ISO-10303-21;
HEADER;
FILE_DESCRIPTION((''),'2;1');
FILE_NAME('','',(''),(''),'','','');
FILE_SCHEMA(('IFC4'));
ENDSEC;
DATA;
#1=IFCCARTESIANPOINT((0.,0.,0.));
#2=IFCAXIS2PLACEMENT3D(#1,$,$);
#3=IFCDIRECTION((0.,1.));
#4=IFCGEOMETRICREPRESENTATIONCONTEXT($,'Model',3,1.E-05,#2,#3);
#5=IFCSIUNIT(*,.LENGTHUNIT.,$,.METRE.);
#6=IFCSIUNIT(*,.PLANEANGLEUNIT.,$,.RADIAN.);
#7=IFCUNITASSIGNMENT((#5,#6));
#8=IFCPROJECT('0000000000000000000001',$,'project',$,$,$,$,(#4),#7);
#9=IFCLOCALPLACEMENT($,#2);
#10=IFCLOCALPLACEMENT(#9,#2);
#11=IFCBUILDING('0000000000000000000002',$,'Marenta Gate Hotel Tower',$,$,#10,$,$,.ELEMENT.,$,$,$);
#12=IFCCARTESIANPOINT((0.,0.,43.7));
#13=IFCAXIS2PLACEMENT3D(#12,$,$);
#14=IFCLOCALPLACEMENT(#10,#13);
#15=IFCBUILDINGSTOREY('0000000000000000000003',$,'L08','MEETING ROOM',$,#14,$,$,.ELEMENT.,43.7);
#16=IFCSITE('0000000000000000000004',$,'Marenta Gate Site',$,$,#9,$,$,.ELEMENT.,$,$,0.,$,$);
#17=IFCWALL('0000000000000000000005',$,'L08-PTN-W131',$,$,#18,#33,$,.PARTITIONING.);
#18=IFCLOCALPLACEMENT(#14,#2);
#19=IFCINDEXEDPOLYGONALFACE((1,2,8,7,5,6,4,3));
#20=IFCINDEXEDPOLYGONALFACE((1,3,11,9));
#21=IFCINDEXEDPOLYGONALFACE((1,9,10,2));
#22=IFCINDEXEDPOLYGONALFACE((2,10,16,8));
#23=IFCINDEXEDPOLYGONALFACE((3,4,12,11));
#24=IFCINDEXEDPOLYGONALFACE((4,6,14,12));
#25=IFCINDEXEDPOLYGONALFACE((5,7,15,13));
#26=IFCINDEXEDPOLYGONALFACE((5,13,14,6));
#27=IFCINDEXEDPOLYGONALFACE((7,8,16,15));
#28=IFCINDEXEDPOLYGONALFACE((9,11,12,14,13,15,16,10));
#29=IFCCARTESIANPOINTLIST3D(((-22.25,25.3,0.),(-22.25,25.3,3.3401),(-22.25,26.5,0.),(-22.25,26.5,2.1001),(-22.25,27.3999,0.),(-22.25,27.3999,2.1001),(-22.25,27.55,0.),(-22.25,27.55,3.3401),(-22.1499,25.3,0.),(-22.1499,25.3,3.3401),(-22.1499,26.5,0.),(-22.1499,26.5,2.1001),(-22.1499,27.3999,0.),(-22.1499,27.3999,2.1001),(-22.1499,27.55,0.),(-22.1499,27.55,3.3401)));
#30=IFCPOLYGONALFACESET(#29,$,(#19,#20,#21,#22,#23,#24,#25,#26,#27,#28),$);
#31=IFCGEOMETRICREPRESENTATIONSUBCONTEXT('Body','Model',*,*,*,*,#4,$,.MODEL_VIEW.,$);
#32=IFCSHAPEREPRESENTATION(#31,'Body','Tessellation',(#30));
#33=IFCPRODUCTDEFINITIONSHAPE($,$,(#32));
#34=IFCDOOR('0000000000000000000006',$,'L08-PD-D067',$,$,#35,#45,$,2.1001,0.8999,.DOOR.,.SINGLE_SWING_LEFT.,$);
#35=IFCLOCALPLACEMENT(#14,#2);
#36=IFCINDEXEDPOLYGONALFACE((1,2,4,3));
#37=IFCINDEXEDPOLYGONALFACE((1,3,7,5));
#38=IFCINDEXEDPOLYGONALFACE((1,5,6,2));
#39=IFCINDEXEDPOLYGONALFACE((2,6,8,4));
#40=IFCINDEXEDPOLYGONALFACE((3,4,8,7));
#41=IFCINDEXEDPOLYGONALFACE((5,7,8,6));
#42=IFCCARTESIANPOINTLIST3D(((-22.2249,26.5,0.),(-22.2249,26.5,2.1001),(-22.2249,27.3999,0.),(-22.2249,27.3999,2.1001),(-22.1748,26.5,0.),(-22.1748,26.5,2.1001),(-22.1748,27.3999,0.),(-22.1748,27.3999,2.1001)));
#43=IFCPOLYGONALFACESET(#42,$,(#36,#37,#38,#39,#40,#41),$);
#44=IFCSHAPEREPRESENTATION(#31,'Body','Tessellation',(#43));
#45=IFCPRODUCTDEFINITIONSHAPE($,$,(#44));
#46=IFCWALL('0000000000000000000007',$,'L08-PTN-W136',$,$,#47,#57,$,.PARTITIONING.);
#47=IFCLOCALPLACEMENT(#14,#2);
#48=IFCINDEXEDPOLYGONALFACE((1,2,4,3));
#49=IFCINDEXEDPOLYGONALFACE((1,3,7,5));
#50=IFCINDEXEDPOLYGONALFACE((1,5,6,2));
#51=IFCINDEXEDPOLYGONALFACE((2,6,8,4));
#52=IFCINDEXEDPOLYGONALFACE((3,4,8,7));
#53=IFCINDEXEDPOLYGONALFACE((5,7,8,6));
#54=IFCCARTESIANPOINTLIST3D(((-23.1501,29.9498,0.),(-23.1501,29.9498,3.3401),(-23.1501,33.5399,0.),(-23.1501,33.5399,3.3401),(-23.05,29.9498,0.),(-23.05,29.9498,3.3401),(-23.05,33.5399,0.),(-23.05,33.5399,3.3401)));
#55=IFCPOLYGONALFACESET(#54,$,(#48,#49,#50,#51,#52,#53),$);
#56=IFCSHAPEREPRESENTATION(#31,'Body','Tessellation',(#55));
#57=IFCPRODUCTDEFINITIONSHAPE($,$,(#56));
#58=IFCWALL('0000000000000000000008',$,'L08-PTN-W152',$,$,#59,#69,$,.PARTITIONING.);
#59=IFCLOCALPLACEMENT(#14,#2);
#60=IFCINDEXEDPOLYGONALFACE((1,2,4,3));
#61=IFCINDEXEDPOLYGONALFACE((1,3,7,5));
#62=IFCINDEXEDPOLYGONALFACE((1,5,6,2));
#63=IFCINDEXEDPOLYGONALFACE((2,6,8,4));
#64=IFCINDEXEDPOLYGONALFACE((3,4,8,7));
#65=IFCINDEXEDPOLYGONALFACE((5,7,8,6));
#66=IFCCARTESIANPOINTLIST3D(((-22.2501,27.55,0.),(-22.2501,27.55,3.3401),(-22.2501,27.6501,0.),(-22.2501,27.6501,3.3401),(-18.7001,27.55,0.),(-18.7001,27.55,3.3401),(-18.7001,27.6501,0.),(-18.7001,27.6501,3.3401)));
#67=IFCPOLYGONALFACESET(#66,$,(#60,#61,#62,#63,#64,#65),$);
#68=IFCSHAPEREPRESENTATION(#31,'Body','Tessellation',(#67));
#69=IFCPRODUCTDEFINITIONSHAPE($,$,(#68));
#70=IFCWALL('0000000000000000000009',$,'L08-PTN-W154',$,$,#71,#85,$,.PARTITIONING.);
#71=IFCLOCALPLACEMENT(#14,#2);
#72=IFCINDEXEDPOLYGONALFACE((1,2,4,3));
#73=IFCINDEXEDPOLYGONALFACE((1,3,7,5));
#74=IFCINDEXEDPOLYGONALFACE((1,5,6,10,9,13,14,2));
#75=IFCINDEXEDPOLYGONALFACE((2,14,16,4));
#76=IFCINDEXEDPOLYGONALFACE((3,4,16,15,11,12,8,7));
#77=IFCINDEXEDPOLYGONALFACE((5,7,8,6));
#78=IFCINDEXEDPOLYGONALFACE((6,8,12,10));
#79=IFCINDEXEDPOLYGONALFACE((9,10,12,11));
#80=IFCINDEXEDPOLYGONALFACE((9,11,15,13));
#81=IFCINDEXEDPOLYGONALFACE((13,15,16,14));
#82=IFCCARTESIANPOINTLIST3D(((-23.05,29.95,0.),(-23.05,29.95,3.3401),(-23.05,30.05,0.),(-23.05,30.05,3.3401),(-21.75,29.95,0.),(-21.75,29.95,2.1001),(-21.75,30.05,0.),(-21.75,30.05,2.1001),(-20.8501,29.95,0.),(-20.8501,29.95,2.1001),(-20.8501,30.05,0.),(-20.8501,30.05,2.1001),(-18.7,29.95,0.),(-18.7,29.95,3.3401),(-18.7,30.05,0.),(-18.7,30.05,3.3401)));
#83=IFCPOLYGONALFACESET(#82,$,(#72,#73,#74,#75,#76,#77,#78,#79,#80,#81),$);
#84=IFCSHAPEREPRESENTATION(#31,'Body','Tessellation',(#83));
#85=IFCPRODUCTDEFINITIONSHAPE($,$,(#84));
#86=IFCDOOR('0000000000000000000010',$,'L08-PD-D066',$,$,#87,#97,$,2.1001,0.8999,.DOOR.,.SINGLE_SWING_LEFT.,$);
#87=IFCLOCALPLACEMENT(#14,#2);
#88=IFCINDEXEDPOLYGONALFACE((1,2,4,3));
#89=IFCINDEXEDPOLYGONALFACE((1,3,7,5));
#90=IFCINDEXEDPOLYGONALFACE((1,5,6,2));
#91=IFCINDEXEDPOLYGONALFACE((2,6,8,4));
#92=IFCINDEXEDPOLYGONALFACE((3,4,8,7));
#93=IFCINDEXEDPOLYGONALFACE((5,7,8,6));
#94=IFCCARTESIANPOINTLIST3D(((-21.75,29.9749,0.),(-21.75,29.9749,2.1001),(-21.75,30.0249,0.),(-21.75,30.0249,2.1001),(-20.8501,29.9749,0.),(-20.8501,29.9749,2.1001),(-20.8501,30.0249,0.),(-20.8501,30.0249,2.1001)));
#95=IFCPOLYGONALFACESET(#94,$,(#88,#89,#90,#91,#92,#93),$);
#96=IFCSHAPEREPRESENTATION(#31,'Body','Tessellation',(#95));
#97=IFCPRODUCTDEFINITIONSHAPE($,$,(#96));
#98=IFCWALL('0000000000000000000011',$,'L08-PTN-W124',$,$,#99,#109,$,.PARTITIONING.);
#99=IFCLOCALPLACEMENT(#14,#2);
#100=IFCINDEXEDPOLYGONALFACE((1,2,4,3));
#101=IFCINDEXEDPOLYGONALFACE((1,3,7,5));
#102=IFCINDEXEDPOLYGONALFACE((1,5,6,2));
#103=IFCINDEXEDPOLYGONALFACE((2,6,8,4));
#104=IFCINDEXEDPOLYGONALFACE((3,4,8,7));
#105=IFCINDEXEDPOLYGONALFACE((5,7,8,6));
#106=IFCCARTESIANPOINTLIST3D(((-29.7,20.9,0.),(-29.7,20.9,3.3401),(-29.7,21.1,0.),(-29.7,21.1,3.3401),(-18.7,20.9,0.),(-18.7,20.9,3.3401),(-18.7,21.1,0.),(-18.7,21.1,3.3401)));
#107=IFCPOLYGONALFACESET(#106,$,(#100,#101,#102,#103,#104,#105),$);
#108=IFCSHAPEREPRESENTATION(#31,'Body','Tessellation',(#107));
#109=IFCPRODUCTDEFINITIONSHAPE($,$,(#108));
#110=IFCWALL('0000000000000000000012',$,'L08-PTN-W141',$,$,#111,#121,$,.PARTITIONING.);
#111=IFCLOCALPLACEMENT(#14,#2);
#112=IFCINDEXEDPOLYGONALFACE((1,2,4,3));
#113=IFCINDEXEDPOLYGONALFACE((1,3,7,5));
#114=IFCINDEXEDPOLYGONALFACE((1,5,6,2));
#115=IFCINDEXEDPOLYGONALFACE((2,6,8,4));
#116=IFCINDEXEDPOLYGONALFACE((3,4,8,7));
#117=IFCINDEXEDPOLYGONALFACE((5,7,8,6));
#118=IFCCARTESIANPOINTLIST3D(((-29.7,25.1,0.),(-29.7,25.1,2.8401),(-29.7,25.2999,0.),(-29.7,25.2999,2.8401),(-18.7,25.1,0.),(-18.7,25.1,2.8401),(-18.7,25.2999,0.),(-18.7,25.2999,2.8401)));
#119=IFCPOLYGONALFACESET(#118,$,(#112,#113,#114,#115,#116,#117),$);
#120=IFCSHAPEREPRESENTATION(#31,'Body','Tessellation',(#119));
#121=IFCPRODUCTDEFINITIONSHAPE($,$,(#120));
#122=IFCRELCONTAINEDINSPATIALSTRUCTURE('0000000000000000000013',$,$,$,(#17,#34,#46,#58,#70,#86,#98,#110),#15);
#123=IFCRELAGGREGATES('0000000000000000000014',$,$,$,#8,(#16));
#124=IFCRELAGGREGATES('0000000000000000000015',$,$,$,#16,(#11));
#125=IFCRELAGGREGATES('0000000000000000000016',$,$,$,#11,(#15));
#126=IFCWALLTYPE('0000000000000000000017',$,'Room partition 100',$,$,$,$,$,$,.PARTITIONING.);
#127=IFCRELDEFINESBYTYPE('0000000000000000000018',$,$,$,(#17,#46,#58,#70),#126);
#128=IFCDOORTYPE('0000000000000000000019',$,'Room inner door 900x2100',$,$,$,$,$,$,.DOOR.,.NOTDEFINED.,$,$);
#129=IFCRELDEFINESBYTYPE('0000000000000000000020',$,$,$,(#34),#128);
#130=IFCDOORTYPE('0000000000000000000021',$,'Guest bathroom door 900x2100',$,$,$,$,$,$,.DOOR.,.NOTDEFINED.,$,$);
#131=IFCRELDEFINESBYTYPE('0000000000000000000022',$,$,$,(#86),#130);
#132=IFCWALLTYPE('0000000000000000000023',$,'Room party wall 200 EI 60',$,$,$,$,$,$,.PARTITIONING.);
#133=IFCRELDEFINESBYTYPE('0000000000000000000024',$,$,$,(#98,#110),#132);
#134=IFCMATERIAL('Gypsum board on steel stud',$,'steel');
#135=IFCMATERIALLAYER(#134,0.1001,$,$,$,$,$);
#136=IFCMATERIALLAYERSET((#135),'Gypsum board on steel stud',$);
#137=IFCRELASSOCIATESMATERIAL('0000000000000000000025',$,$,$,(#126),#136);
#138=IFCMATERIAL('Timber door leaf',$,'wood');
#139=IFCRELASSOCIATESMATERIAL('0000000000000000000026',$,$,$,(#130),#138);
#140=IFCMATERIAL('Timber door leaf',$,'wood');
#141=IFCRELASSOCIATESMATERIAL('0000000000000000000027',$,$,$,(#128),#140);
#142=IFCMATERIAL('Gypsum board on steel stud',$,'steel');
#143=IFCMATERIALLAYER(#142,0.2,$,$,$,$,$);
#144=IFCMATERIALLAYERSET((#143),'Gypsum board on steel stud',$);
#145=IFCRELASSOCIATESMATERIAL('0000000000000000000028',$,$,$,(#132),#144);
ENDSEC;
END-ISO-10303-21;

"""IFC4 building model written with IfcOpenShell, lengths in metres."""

from ifc_helpers import new_model, si_unit, direction, frame, frame_2d, origin, place, context, subcontext, project, spatial, rectangle, extrude, material, layer, layer_set, type_object, element, fill, save


model = new_model("IFC4")

# Units and contexts
model_context = context("Model", 3, precision=1e-05, world=origin(), true_north=direction((0.0, 1.0)))
body_context = subcontext(model_context, "Body", "Model", "MODEL_VIEW")
ifc_project = project(units=[si_unit("LENGTHUNIT", "METRE"), si_unit("PLANEANGLEUNIT", "RADIAN")], contexts=[model_context])

# Site, building, storey
site_placement = place(None, origin())
site = spatial("IfcSite", under=ifc_project, at=site_placement, Name="Marenta Gate Site", CompositionType="ELEMENT", RefElevation=0.0)
building_placement = place(site_placement, origin())
building = spatial("IfcBuilding", under=site, at=building_placement, Name="Marenta Gate Hotel Tower", CompositionType="ELEMENT")
storey_placement = place(building_placement, frame((0.0, 0.0, 43.7)))
storey = spatial("IfcBuildingStorey", under=building, at=storey_placement, Name="L08", Description="MEETING ROOM", CompositionType="ELEMENT", Elevation=43.7)

# Wall, opening, door
ifc_material_1 = material(Name="Gypsum board on steel stud", Category="steel")
ifc_layer_1 = layer(ifc_material_1, 0.1001)
ifc_layer_set_1 = layer_set([ifc_layer_1], Name="Gypsum board on steel stud")
wall_type_1 = type_object("IfcWallType", Name="Room partition 100", PredefinedType="PARTITIONING", material=ifc_layer_set_1)
ifc_material_2 = material(Name="Timber door leaf", Category="wood")
door_type_1 = type_object("IfcDoorType", Name="Guest bathroom door 900x2100", OperationType="NOTDEFINED", PredefinedType="DOOR", material=ifc_material_2)
wall_1_placement = place(storey_placement, frame((-22.2, 25.3, 0.0), z_axis=(0.0, 0.0, 1.0), x_axis=(0.0, 1.0, 0.0)))
wall_1 = element("IfcWall", 1, at=wall_1_placement, inside=storey, type_object=wall_type_1, Name="L08-PTN-W131", PredefinedType="PARTITIONING", context=body_context, shape_type="SweptSolid", body=[
    extrude(rectangle(XDim=2.25, YDim=0.1001, at=frame_2d((1.125, 0.0))), origin(), (0.0, 0.0, 1.0), 3.3401),
])
opening_1_placement = place(wall_1_placement, frame((1.2, 0.0, 0.0)))
opening_1 = element("IfcOpeningElement", 2, at=opening_1_placement, cuts=wall_1, PredefinedType="OPENING", context=body_context, shape_type="SweptSolid", body=[
    extrude(rectangle(XDim=0.8999, YDim=2.1001, at=frame_2d((0.45, 1.05))), frame((0.0, 0.05, 0.0), z_axis=(0.0, -1.0, 0.0), x_axis=(1.0, 0.0, 0.0)), (0.0, 0.0, 1.0), 0.1001),
])
ifc_material_3 = material(Name="Timber door leaf", Category="wood")
door_type_2 = type_object("IfcDoorType", Name="Room inner door 900x2100", OperationType="NOTDEFINED", PredefinedType="DOOR", material=ifc_material_3)
door_1_placement = place(opening_1_placement, origin())
door_1 = element("IfcDoor", 3, at=door_1_placement, inside=storey, type_object=door_type_2, Name="L08-PD-D067", OperationType="SINGLE_SWING_LEFT", OverallHeight=2.1001, OverallWidth=0.8999, PredefinedType="DOOR", context=body_context, shape_type="SweptSolid", body=[
    extrude(rectangle(XDim=0.8999, YDim=2.1001, at=frame_2d((0.45, 1.05))), frame((0.0, 0.0249, 0.0), z_axis=(0.0, -1.0, 0.0), x_axis=(1.0, 0.0, 0.0)), (0.0, 0.0, 1.0), 0.05),
])
fill(opening_1, door_1)

# Walls
wall_2_placement = place(storey_placement, frame((-23.1001, 29.95, 0.0), z_axis=(0.0, 0.0, 1.0), x_axis=(0.0, 1.0, 0.0)))
element("IfcWall", 4, at=wall_2_placement, inside=storey, type_object=wall_type_1, Name="L08-PTN-W136", PredefinedType="PARTITIONING", context=body_context, shape_type="SweptSolid", body=[
    extrude(rectangle(XDim=3.5901, YDim=0.1001, at=frame_2d((1.7949, 0.0))), origin(), (0.0, 0.0, 1.0), 3.3401),
])
wall_3_placement = place(storey_placement, frame((-22.25, 27.6001, 0.0), z_axis=(0.0, 0.0, 1.0), x_axis=(1.0, 0.0, 0.0)))
element("IfcWall", 5, at=wall_3_placement, inside=storey, type_object=wall_type_1, Name="L08-PTN-W152", PredefinedType="PARTITIONING", context=body_context, shape_type="SweptSolid", body=[
    extrude(rectangle(XDim=3.55, YDim=0.1001, at=frame_2d((1.7749, 0.0))), origin(), (0.0, 0.0, 1.0), 3.3401),
])

# Wall, opening, door
wall_4_placement = place(storey_placement, frame((-23.05, 30.0, 0.0), z_axis=(0.0, 0.0, 1.0), x_axis=(1.0, 0.0, 0.0)))
wall_4 = element("IfcWall", 6, at=wall_4_placement, inside=storey, type_object=wall_type_1, Name="L08-PTN-W154", PredefinedType="PARTITIONING", context=body_context, shape_type="SweptSolid", body=[
    extrude(rectangle(XDim=4.3501, YDim=0.1001, at=frame_2d((2.175, 0.0))), origin(), (0.0, 0.0, 1.0), 3.3401),
])
opening_2_placement = place(wall_4_placement, frame((1.3, 0.0, 0.0)))
opening_2 = element("IfcOpeningElement", 7, at=opening_2_placement, cuts=wall_4, PredefinedType="OPENING", context=body_context, shape_type="SweptSolid", body=[
    extrude(rectangle(XDim=0.8999, YDim=2.1001, at=frame_2d((0.45, 1.05))), frame((0.0, 0.05, 0.0), z_axis=(0.0, -1.0, 0.0), x_axis=(1.0, 0.0, 0.0)), (0.0, 0.0, 1.0), 0.1001),
])
door_2_placement = place(opening_2_placement, origin())
door_2 = element("IfcDoor", 8, at=door_2_placement, inside=storey, type_object=door_type_1, Name="L08-PD-D066", OperationType="SINGLE_SWING_LEFT", OverallHeight=2.1001, OverallWidth=0.8999, PredefinedType="DOOR", context=body_context, shape_type="SweptSolid", body=[
    extrude(rectangle(XDim=0.8999, YDim=2.1001, at=frame_2d((0.45, 1.05))), frame((0.0, 0.0249, 0.0), z_axis=(0.0, -1.0, 0.0), x_axis=(1.0, 0.0, 0.0)), (0.0, 0.0, 1.0), 0.05),
])
fill(opening_2, door_2)

# Walls
ifc_material_4 = material(Name="Gypsum board on steel stud", Category="steel")
ifc_layer_2 = layer(ifc_material_4, 0.2)
ifc_layer_set_2 = layer_set([ifc_layer_2], Name="Gypsum board on steel stud")
wall_type_2 = type_object("IfcWallType", Name="Room party wall 200 EI 60", PredefinedType="PARTITIONING", material=ifc_layer_set_2)
wall_5_placement = place(storey_placement, frame((-29.7, 21.0, 0.0), z_axis=(0.0, 0.0, 1.0), x_axis=(1.0, 0.0, 0.0)))
element("IfcWall", 9, at=wall_5_placement, inside=storey, type_object=wall_type_2, Name="L08-PTN-W124", PredefinedType="PARTITIONING", context=body_context, shape_type="SweptSolid", body=[
    extrude(rectangle(XDim=11.0, YDim=0.2, at=frame_2d((5.5, 0.0))), origin(), (0.0, 0.0, 1.0), 3.3401),
])
wall_6_placement = place(storey_placement, frame((-29.7, 25.2, 0.0), z_axis=(0.0, 0.0, 1.0), x_axis=(1.0, 0.0, 0.0)))
element("IfcWall", 10, at=wall_6_placement, inside=storey, type_object=wall_type_2, Name="L08-PTN-W141", PredefinedType="PARTITIONING", context=body_context, shape_type="SweptSolid", body=[
    extrude(rectangle(XDim=11.0, YDim=0.2, at=frame_2d((5.5, 0.0))), origin(), (0.0, 0.0, 1.0), 2.8401),
])

save(model, "model.ifc")
